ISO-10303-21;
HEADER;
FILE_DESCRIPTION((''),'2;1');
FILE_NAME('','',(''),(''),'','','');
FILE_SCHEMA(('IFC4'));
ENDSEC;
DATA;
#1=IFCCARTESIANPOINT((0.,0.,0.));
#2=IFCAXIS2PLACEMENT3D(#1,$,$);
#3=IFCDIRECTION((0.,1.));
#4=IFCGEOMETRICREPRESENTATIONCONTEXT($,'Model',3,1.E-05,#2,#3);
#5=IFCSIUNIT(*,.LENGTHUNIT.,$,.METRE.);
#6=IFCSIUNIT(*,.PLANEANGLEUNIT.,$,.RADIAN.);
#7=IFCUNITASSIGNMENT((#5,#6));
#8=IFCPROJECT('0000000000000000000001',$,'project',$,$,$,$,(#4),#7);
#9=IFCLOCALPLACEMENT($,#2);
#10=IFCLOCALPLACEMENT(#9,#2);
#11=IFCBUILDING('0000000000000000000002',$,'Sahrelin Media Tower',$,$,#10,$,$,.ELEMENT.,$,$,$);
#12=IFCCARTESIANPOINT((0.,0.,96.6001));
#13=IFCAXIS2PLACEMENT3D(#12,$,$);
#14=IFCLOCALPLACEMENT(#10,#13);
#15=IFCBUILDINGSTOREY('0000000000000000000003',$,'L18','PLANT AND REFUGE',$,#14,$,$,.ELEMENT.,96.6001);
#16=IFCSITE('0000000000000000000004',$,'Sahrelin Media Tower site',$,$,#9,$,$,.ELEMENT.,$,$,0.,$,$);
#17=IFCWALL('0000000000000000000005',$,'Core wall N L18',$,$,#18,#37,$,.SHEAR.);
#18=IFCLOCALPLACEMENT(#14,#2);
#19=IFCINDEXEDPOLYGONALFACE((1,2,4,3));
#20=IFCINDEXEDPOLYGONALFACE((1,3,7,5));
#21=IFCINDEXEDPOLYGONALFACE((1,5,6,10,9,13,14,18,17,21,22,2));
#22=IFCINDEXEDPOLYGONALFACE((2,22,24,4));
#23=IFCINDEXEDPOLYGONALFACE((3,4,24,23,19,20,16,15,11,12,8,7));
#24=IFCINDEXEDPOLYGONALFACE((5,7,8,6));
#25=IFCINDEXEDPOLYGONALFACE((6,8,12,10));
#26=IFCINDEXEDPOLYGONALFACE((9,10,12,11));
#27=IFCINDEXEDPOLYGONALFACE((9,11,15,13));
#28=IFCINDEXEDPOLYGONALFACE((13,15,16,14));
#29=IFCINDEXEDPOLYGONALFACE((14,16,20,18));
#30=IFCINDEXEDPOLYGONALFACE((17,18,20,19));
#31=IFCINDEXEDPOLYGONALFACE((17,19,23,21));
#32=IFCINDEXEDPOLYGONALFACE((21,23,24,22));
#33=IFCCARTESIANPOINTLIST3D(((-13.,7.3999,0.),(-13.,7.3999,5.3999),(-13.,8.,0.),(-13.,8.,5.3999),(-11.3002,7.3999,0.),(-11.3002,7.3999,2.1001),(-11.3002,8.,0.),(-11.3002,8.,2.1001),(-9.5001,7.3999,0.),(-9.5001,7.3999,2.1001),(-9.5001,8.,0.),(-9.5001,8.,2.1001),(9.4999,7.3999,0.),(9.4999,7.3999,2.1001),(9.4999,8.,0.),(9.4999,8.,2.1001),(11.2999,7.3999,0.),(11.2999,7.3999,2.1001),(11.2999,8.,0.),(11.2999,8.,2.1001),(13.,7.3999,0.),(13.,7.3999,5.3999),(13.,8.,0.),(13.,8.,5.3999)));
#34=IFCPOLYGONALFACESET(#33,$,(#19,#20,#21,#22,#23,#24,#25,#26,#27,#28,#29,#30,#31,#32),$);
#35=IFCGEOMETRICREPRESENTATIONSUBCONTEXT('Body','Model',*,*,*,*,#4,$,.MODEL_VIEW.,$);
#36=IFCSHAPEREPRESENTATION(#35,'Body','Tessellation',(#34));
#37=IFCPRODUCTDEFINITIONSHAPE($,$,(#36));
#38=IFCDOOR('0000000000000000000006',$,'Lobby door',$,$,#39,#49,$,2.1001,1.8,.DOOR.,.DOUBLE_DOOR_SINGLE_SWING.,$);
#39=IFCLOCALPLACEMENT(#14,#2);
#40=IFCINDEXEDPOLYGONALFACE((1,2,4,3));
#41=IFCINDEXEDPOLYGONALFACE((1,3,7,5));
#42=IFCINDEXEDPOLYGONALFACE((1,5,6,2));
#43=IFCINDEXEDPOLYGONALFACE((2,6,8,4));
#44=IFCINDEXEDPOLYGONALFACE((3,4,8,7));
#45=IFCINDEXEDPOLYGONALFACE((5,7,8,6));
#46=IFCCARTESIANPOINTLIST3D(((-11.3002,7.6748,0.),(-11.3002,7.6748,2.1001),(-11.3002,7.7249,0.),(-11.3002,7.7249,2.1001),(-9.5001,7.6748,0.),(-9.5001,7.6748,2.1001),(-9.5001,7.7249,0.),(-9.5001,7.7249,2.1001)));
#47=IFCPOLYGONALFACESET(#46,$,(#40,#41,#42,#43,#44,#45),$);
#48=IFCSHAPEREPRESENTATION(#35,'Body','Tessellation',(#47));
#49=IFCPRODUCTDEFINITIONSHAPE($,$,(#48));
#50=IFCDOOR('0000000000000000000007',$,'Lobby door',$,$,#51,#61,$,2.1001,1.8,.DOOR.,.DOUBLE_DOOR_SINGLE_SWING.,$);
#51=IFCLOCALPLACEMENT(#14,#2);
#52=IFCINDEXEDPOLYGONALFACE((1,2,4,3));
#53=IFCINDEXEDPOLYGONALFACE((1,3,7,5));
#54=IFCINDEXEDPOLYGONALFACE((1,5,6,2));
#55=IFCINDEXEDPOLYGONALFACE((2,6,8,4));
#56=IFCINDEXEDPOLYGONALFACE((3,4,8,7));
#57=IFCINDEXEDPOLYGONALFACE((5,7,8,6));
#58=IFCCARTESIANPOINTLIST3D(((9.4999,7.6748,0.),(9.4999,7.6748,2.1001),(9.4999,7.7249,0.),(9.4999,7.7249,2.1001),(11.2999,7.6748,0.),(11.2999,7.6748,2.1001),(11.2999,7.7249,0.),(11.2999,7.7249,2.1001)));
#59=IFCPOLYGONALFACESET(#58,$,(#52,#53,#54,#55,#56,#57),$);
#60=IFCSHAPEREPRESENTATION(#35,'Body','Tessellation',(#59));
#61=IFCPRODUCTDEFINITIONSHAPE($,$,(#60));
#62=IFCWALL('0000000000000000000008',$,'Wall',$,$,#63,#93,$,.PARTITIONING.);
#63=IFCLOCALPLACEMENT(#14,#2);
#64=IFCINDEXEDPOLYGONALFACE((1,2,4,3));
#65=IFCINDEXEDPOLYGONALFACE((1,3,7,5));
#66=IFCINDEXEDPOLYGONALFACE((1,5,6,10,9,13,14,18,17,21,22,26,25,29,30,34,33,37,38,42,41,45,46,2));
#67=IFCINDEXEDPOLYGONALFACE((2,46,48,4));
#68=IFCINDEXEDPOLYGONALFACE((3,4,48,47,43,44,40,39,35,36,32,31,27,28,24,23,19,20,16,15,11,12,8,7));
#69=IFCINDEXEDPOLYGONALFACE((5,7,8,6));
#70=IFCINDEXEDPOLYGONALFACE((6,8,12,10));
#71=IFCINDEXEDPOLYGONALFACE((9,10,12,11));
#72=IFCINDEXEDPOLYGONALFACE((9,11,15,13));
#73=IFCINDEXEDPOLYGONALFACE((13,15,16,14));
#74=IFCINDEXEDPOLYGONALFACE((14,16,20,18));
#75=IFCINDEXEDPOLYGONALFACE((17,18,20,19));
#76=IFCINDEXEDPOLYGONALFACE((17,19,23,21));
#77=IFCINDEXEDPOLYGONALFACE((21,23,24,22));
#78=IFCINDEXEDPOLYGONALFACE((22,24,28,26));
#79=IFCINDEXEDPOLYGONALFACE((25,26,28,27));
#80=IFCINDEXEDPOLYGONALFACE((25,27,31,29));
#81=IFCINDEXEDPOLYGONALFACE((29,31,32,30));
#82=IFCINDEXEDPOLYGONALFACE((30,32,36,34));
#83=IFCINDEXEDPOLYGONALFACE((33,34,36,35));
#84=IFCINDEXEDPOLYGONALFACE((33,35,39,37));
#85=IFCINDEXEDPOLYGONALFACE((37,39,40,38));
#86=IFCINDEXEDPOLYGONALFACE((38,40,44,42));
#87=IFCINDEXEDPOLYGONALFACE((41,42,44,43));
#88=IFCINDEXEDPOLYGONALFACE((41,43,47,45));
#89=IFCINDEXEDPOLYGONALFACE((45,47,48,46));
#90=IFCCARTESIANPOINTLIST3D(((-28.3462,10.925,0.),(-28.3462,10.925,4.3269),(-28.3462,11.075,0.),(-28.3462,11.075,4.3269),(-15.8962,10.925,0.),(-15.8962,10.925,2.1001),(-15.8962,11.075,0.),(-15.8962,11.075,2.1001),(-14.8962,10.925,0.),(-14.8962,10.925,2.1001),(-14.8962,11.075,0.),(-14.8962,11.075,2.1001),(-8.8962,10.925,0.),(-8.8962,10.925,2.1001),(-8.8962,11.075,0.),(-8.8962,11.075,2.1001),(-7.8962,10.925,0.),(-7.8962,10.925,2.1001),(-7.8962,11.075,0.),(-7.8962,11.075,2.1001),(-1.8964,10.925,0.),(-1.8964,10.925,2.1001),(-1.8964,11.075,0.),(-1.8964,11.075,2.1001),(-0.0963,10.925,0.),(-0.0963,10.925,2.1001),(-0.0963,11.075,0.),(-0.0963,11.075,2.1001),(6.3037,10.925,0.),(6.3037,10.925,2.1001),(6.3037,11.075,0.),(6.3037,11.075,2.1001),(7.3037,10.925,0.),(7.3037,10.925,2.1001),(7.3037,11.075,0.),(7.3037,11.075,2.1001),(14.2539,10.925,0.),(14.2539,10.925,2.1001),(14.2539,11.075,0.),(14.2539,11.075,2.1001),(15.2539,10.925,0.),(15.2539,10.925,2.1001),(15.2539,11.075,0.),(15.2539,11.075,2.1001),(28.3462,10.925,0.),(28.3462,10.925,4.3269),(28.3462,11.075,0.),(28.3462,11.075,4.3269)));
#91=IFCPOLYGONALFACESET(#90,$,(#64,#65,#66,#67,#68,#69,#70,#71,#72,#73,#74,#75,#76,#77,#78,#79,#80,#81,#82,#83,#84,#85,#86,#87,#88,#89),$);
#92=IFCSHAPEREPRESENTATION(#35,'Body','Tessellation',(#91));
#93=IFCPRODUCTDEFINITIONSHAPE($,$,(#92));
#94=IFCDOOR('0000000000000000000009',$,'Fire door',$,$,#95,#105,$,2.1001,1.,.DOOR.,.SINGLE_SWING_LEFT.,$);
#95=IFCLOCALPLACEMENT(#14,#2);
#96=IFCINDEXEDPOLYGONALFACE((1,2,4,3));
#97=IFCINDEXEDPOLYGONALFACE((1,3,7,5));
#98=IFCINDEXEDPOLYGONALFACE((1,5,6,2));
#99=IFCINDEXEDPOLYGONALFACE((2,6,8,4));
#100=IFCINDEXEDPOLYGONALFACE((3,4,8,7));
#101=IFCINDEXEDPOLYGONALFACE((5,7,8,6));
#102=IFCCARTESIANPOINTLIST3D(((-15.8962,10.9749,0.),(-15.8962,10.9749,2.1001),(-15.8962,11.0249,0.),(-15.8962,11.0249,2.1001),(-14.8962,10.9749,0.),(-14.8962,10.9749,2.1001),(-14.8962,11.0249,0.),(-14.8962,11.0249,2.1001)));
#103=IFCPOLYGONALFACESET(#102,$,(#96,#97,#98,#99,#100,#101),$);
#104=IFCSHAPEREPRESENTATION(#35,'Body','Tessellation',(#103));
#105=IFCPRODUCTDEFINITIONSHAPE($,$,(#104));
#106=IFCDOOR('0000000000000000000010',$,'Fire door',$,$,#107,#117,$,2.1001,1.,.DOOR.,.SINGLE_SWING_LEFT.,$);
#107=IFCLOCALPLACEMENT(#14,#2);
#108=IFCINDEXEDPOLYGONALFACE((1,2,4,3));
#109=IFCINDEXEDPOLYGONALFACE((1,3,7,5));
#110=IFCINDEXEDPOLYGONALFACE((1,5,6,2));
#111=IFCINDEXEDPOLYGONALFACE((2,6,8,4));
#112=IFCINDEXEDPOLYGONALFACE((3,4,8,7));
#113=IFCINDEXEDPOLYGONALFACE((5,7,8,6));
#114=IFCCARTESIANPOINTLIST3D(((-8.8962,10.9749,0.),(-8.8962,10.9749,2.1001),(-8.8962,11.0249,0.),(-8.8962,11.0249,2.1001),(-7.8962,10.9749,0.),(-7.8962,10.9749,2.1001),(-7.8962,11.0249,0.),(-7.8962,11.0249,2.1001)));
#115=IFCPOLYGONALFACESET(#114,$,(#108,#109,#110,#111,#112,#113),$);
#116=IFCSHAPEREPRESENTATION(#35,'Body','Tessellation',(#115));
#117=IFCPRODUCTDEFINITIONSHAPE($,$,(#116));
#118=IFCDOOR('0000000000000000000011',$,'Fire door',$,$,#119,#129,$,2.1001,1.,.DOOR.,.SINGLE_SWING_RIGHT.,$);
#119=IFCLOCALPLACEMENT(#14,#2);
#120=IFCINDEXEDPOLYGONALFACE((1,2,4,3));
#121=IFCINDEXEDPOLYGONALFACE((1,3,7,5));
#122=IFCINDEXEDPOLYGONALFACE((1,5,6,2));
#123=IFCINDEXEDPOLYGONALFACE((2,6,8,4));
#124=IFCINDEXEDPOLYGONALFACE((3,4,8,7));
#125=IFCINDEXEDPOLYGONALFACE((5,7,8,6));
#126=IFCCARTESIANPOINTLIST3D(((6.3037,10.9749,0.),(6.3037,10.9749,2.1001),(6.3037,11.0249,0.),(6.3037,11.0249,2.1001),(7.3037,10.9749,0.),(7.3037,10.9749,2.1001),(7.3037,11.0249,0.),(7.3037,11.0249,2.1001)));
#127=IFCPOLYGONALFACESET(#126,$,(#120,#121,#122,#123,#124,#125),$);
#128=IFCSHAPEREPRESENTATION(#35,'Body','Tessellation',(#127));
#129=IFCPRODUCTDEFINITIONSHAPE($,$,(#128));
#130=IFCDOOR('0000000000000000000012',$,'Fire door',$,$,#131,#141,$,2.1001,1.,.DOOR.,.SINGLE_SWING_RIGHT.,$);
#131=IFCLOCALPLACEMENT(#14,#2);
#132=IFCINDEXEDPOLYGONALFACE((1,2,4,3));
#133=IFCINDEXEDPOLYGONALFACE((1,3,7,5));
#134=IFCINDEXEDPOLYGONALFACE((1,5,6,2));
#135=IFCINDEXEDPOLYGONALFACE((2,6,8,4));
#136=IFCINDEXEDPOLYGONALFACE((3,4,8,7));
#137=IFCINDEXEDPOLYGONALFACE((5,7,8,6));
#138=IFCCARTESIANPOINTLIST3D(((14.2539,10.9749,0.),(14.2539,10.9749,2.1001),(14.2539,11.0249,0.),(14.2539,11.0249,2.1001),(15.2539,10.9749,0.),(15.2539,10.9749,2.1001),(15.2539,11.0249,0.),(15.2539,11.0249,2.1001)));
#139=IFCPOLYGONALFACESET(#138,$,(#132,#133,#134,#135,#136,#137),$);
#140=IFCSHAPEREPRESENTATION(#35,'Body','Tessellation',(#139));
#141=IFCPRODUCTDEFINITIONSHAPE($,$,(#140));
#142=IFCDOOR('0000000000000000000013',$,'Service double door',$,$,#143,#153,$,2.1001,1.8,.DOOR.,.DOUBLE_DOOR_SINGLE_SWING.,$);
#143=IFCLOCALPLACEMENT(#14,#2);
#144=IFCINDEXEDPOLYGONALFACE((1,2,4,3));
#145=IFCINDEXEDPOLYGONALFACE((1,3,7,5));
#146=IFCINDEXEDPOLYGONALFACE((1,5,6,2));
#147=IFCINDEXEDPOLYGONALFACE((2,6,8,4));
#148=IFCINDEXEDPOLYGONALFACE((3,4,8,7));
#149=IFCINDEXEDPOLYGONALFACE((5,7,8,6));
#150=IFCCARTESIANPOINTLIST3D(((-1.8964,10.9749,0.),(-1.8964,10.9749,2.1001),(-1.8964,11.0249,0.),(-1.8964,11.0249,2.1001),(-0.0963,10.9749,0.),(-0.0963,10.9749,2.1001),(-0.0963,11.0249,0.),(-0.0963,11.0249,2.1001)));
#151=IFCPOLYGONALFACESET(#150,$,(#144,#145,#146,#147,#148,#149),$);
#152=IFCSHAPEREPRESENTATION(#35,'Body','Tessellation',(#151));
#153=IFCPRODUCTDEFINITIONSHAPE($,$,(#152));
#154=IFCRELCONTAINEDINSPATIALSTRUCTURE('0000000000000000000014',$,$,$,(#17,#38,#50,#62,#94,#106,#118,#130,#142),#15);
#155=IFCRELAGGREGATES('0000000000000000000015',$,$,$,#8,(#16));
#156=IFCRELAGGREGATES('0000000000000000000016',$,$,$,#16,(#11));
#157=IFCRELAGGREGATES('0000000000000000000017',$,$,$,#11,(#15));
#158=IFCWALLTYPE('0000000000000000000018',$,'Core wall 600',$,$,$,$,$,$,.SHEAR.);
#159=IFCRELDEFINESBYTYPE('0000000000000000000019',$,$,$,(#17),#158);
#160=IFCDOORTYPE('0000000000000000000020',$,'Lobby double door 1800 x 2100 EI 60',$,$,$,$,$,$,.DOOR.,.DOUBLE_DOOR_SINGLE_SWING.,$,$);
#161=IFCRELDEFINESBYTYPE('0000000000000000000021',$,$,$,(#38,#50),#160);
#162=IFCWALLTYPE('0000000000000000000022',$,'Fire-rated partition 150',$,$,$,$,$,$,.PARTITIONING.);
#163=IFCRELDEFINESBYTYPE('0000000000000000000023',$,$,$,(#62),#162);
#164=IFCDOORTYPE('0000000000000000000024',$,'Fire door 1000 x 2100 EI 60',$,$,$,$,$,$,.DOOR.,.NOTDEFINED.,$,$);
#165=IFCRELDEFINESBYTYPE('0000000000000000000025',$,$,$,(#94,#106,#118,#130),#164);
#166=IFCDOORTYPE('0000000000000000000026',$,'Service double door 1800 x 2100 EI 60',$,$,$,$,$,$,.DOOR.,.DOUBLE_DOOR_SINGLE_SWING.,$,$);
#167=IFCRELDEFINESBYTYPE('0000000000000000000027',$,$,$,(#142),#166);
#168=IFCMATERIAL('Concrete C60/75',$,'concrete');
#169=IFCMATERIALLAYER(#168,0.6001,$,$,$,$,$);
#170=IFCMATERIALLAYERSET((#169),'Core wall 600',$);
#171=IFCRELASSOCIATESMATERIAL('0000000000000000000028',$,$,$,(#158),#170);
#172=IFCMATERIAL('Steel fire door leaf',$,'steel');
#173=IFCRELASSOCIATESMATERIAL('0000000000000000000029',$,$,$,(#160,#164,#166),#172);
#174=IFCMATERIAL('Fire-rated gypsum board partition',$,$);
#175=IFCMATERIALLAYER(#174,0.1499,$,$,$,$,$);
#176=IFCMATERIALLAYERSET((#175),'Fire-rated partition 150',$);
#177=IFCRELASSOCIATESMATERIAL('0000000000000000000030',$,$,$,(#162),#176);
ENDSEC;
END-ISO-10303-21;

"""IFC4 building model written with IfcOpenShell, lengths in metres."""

from ifc_helpers import new_model, si_unit, direction, frame, frame_2d, origin, place, context, subcontext, project, spatial, rectangle, extrude, material, layer, layer_set, type_object, element, fill, save


model = new_model("IFC4")

# Units and contexts
model_context = context("Model", 3, precision=1e-05, world=origin(), true_north=direction((0.0, 1.0)))
body_context = subcontext(model_context, "Body", "Model", "MODEL_VIEW")
ifc_project = project(units=[si_unit("LENGTHUNIT", "METRE"), si_unit("PLANEANGLEUNIT", "RADIAN")], contexts=[model_context])

# Site, building, storey
site_placement = place(None, origin())
site = spatial("IfcSite", under=ifc_project, at=site_placement, Name="Sahrelin Media Tower site", CompositionType="ELEMENT", RefElevation=0.0)
building_placement = place(site_placement, origin())
building = spatial("IfcBuilding", under=site, at=building_placement, Name="Sahrelin Media Tower", CompositionType="ELEMENT")
storey_placement = place(building_placement, frame((0.0, 0.0, 96.6001)))
storey = spatial("IfcBuildingStorey", under=building, at=storey_placement, Name="L18", Description="PLANT AND REFUGE", CompositionType="ELEMENT", Elevation=96.6001)

# Walls, openings, doors
ifc_material_1 = material(Name="Concrete C60/75", Category="concrete")
ifc_layer_1 = layer(ifc_material_1, 0.6001)
ifc_layer_set_1 = layer_set([ifc_layer_1], Name="Core wall 600")
wall_type_1 = type_object("IfcWallType", Name="Core wall 600", PredefinedType="SHEAR", material=ifc_layer_set_1)
wall_1_placement = place(storey_placement, frame((-13.0, 7.7, 0.0), z_axis=(0.0, 0.0, 1.0), x_axis=(1.0, 0.0, 0.0)))
wall_1 = element("IfcWall", 1, at=wall_1_placement, inside=storey, type_object=wall_type_1, Name="Core wall N L18", PredefinedType="SHEAR", context=body_context, shape_type="SweptSolid", body=[
    extrude(rectangle(XDim=26.0, YDim=0.6001, at=frame_2d((13.0, 0.0))), origin(), (0.0, 0.0, 1.0), 5.3999),
])
opening_1_placement = place(wall_1_placement, frame((1.7, 0.0, 0.0)))
opening_1 = element("IfcOpeningElement", 2, at=opening_1_placement, cuts=wall_1, PredefinedType="OPENING", context=body_context, shape_type="SweptSolid", body=[
    extrude(rectangle(XDim=1.8, YDim=2.1001, at=frame_2d((0.8999, 1.05))), frame((0.0, 0.3, 0.0), z_axis=(0.0, -1.0, 0.0), x_axis=(1.0, 0.0, 0.0)), (0.0, 0.0, 1.0), 0.6001),
])
opening_2_placement = place(wall_1_placement, frame((22.5, 0.0, 0.0)))
opening_2 = element("IfcOpeningElement", 3, at=opening_2_placement, cuts=wall_1, PredefinedType="OPENING", context=body_context, shape_type="SweptSolid", body=[
    extrude(rectangle(XDim=1.8, YDim=2.1001, at=frame_2d((0.8999, 1.05))), frame((0.0, 0.3, 0.0), z_axis=(0.0, -1.0, 0.0), x_axis=(1.0, 0.0, 0.0)), (0.0, 0.0, 1.0), 0.6001),
])
ifc_material_2 = material(Name="Steel fire door leaf", Category="steel")
door_type_1 = type_object("IfcDoorType", Name="Lobby double door 1800 x 2100 EI 60", OperationType="DOUBLE_DOOR_SINGLE_SWING", PredefinedType="DOOR", material=ifc_material_2)
door_1_placement = place(opening_1_placement, origin())
door_1 = element("IfcDoor", 4, at=door_1_placement, inside=storey, type_object=door_type_1, Name="Lobby door", OperationType="DOUBLE_DOOR_SINGLE_SWING", OverallHeight=2.1001, OverallWidth=1.8, PredefinedType="DOOR", context=body_context, shape_type="SweptSolid", body=[
    extrude(rectangle(XDim=1.8, YDim=2.1001, at=frame_2d((0.8999, 1.05))), frame((0.0, 0.0249, 0.0), z_axis=(0.0, -1.0, 0.0), x_axis=(1.0, 0.0, 0.0)), (0.0, 0.0, 1.0), 0.05),
])
fill(opening_1, door_1)
door_2_placement = place(opening_2_placement, origin())
door_2 = element("IfcDoor", 5, at=door_2_placement, inside=storey, type_object=door_type_1, Name="Lobby door", OperationType="DOUBLE_DOOR_SINGLE_SWING", OverallHeight=2.1001, OverallWidth=1.8, PredefinedType="DOOR", context=body_context, shape_type="SweptSolid", body=[
    extrude(rectangle(XDim=1.8, YDim=2.1001, at=frame_2d((0.8999, 1.05))), frame((0.0, 0.0249, 0.0), z_axis=(0.0, -1.0, 0.0), x_axis=(1.0, 0.0, 0.0)), (0.0, 0.0, 1.0), 0.05),
])
fill(opening_2, door_2)
ifc_material_3 = material(Name="Fire-rated gypsum board partition")
ifc_layer_2 = layer(ifc_material_3, 0.1499)
ifc_layer_set_2 = layer_set([ifc_layer_2], Name="Fire-rated partition 150")
wall_type_2 = type_object("IfcWallType", Name="Fire-rated partition 150", PredefinedType="PARTITIONING", material=ifc_layer_set_2)
wall_2_placement = place(storey_placement, frame((-28.3462, 11.0, 0.0), z_axis=(0.0, 0.0, 1.0), x_axis=(1.0, 0.0, 0.0)))
wall_2 = element("IfcWall", 6, at=wall_2_placement, inside=storey, type_object=wall_type_2, Name="Wall", PredefinedType="PARTITIONING", context=body_context, shape_type="SweptSolid", body=[
    extrude(rectangle(XDim=56.6924, YDim=0.1499, at=frame_2d((28.3462, 0.0))), origin(), (0.0, 0.0, 1.0), 4.3269),
])
opening_3_placement = place(wall_2_placement, frame((12.45, 0.0, 0.0)))
opening_3 = element("IfcOpeningElement", 7, at=opening_3_placement, cuts=wall_2, PredefinedType="OPENING", context=body_context, shape_type="SweptSolid", body=[
    extrude(rectangle(XDim=1.0, YDim=2.1001, at=frame_2d((0.5, 1.05))), frame((0.0, 0.075, 0.0), z_axis=(0.0, -1.0, 0.0), x_axis=(1.0, 0.0, 0.0)), (0.0, 0.0, 1.0), 0.1499),
])
opening_4_placement = place(wall_2_placement, frame((19.45, 0.0, 0.0)))
opening_4 = element("IfcOpeningElement", 8, at=opening_4_placement, cuts=wall_2, PredefinedType="OPENING", context=body_context, shape_type="SweptSolid", body=[
    extrude(rectangle(XDim=1.0, YDim=2.1001, at=frame_2d((0.5, 1.05))), frame((0.0, 0.075, 0.0), z_axis=(0.0, -1.0, 0.0), x_axis=(1.0, 0.0, 0.0)), (0.0, 0.0, 1.0), 0.1499),
])
opening_5_placement = place(wall_2_placement, frame((34.6499, 0.0, 0.0)))
opening_5 = element("IfcOpeningElement", 9, at=opening_5_placement, cuts=wall_2, PredefinedType="OPENING", context=body_context, shape_type="SweptSolid", body=[
    extrude(rectangle(XDim=1.0, YDim=2.1001, at=frame_2d((0.5, 1.05))), frame((0.0, 0.075, 0.0), z_axis=(0.0, -1.0, 0.0), x_axis=(1.0, 0.0, 0.0)), (0.0, 0.0, 1.0), 0.1499),
])
opening_6_placement = place(wall_2_placement, frame((42.6001, 0.0, 0.0)))
opening_6 = element("IfcOpeningElement", 10, at=opening_6_placement, cuts=wall_2, PredefinedType="OPENING", context=body_context, shape_type="SweptSolid", body=[
    extrude(rectangle(XDim=1.0, YDim=2.1001, at=frame_2d((0.5, 1.05))), frame((0.0, 0.075, 0.0), z_axis=(0.0, -1.0, 0.0), x_axis=(1.0, 0.0, 0.0)), (0.0, 0.0, 1.0), 0.1499),
])
opening_7_placement = place(wall_2_placement, frame((26.45, 0.0, 0.0)))
opening_7 = element("IfcOpeningElement", 11, at=opening_7_placement, cuts=wall_2, PredefinedType="OPENING", context=body_context, shape_type="SweptSolid", body=[
    extrude(rectangle(XDim=1.8, YDim=2.1001, at=frame_2d((0.8999, 1.05))), frame((0.0, 0.075, 0.0), z_axis=(0.0, -1.0, 0.0), x_axis=(1.0, 0.0, 0.0)), (0.0, 0.0, 1.0), 0.1499),
])
door_type_2 = type_object("IfcDoorType", Name="Fire door 1000 x 2100 EI 60", OperationType="NOTDEFINED", PredefinedType="DOOR", material=ifc_material_2)
door_3_placement = place(opening_3_placement, origin())
door_3 = element("IfcDoor", 12, at=door_3_placement, inside=storey, type_object=door_type_2, Name="Fire door", OperationType="SINGLE_SWING_LEFT", OverallHeight=2.1001, OverallWidth=1.0, PredefinedType="DOOR", context=body_context, shape_type="SweptSolid", body=[
    extrude(rectangle(XDim=1.0, YDim=2.1001, at=frame_2d((0.5, 1.05))), frame((0.0, 0.0249, 0.0), z_axis=(0.0, -1.0, 0.0), x_axis=(1.0, 0.0, 0.0)), (0.0, 0.0, 1.0), 0.05),
])
fill(opening_3, door_3)
door_4_placement = place(opening_4_placement, origin())
door_4 = element("IfcDoor", 13, at=door_4_placement, inside=storey, type_object=door_type_2, Name="Fire door", OperationType="SINGLE_SWING_LEFT", OverallHeight=2.1001, OverallWidth=1.0, PredefinedType="DOOR", context=body_context, shape_type="SweptSolid", body=[
    extrude(rectangle(XDim=1.0, YDim=2.1001, at=frame_2d((0.5, 1.05))), frame((0.0, 0.0249, 0.0), z_axis=(0.0, -1.0, 0.0), x_axis=(1.0, 0.0, 0.0)), (0.0, 0.0, 1.0), 0.05),
])
fill(opening_4, door_4)
door_5_placement = place(opening_5_placement, origin())
door_5 = element("IfcDoor", 14, at=door_5_placement, inside=storey, type_object=door_type_2, Name="Fire door", OperationType="SINGLE_SWING_RIGHT", OverallHeight=2.1001, OverallWidth=1.0, PredefinedType="DOOR", context=body_context, shape_type="SweptSolid", body=[
    extrude(rectangle(XDim=1.0, YDim=2.1001, at=frame_2d((0.5, 1.05))), frame((0.0, 0.0249, 0.0), z_axis=(0.0, -1.0, 0.0), x_axis=(1.0, 0.0, 0.0)), (0.0, 0.0, 1.0), 0.05),
])
fill(opening_5, door_5)
door_6_placement = place(opening_6_placement, origin())
door_6 = element("IfcDoor", 15, at=door_6_placement, inside=storey, type_object=door_type_2, Name="Fire door", OperationType="SINGLE_SWING_RIGHT", OverallHeight=2.1001, OverallWidth=1.0, PredefinedType="DOOR", context=body_context, shape_type="SweptSolid", body=[
    extrude(rectangle(XDim=1.0, YDim=2.1001, at=frame_2d((0.5, 1.05))), frame((0.0, 0.0249, 0.0), z_axis=(0.0, -1.0, 0.0), x_axis=(1.0, 0.0, 0.0)), (0.0, 0.0, 1.0), 0.05),
])
fill(opening_6, door_6)
door_type_3 = type_object("IfcDoorType", Name="Service double door 1800 x 2100 EI 60", OperationType="DOUBLE_DOOR_SINGLE_SWING", PredefinedType="DOOR", material=ifc_material_2)
door_7_placement = place(opening_7_placement, origin())
door_7 = element("IfcDoor", 16, at=door_7_placement, inside=storey, type_object=door_type_3, Name="Service double door", OperationType="DOUBLE_DOOR_SINGLE_SWING", OverallHeight=2.1001, OverallWidth=1.8, PredefinedType="DOOR", context=body_context, shape_type="SweptSolid", body=[
    extrude(rectangle(XDim=1.8, YDim=2.1001, at=frame_2d((0.8999, 1.05))), frame((0.0, 0.0249, 0.0), z_axis=(0.0, -1.0, 0.0), x_axis=(1.0, 0.0, 0.0)), (0.0, 0.0, 1.0), 0.05),
])
fill(opening_7, door_7)

save(model, "model.ifc")
